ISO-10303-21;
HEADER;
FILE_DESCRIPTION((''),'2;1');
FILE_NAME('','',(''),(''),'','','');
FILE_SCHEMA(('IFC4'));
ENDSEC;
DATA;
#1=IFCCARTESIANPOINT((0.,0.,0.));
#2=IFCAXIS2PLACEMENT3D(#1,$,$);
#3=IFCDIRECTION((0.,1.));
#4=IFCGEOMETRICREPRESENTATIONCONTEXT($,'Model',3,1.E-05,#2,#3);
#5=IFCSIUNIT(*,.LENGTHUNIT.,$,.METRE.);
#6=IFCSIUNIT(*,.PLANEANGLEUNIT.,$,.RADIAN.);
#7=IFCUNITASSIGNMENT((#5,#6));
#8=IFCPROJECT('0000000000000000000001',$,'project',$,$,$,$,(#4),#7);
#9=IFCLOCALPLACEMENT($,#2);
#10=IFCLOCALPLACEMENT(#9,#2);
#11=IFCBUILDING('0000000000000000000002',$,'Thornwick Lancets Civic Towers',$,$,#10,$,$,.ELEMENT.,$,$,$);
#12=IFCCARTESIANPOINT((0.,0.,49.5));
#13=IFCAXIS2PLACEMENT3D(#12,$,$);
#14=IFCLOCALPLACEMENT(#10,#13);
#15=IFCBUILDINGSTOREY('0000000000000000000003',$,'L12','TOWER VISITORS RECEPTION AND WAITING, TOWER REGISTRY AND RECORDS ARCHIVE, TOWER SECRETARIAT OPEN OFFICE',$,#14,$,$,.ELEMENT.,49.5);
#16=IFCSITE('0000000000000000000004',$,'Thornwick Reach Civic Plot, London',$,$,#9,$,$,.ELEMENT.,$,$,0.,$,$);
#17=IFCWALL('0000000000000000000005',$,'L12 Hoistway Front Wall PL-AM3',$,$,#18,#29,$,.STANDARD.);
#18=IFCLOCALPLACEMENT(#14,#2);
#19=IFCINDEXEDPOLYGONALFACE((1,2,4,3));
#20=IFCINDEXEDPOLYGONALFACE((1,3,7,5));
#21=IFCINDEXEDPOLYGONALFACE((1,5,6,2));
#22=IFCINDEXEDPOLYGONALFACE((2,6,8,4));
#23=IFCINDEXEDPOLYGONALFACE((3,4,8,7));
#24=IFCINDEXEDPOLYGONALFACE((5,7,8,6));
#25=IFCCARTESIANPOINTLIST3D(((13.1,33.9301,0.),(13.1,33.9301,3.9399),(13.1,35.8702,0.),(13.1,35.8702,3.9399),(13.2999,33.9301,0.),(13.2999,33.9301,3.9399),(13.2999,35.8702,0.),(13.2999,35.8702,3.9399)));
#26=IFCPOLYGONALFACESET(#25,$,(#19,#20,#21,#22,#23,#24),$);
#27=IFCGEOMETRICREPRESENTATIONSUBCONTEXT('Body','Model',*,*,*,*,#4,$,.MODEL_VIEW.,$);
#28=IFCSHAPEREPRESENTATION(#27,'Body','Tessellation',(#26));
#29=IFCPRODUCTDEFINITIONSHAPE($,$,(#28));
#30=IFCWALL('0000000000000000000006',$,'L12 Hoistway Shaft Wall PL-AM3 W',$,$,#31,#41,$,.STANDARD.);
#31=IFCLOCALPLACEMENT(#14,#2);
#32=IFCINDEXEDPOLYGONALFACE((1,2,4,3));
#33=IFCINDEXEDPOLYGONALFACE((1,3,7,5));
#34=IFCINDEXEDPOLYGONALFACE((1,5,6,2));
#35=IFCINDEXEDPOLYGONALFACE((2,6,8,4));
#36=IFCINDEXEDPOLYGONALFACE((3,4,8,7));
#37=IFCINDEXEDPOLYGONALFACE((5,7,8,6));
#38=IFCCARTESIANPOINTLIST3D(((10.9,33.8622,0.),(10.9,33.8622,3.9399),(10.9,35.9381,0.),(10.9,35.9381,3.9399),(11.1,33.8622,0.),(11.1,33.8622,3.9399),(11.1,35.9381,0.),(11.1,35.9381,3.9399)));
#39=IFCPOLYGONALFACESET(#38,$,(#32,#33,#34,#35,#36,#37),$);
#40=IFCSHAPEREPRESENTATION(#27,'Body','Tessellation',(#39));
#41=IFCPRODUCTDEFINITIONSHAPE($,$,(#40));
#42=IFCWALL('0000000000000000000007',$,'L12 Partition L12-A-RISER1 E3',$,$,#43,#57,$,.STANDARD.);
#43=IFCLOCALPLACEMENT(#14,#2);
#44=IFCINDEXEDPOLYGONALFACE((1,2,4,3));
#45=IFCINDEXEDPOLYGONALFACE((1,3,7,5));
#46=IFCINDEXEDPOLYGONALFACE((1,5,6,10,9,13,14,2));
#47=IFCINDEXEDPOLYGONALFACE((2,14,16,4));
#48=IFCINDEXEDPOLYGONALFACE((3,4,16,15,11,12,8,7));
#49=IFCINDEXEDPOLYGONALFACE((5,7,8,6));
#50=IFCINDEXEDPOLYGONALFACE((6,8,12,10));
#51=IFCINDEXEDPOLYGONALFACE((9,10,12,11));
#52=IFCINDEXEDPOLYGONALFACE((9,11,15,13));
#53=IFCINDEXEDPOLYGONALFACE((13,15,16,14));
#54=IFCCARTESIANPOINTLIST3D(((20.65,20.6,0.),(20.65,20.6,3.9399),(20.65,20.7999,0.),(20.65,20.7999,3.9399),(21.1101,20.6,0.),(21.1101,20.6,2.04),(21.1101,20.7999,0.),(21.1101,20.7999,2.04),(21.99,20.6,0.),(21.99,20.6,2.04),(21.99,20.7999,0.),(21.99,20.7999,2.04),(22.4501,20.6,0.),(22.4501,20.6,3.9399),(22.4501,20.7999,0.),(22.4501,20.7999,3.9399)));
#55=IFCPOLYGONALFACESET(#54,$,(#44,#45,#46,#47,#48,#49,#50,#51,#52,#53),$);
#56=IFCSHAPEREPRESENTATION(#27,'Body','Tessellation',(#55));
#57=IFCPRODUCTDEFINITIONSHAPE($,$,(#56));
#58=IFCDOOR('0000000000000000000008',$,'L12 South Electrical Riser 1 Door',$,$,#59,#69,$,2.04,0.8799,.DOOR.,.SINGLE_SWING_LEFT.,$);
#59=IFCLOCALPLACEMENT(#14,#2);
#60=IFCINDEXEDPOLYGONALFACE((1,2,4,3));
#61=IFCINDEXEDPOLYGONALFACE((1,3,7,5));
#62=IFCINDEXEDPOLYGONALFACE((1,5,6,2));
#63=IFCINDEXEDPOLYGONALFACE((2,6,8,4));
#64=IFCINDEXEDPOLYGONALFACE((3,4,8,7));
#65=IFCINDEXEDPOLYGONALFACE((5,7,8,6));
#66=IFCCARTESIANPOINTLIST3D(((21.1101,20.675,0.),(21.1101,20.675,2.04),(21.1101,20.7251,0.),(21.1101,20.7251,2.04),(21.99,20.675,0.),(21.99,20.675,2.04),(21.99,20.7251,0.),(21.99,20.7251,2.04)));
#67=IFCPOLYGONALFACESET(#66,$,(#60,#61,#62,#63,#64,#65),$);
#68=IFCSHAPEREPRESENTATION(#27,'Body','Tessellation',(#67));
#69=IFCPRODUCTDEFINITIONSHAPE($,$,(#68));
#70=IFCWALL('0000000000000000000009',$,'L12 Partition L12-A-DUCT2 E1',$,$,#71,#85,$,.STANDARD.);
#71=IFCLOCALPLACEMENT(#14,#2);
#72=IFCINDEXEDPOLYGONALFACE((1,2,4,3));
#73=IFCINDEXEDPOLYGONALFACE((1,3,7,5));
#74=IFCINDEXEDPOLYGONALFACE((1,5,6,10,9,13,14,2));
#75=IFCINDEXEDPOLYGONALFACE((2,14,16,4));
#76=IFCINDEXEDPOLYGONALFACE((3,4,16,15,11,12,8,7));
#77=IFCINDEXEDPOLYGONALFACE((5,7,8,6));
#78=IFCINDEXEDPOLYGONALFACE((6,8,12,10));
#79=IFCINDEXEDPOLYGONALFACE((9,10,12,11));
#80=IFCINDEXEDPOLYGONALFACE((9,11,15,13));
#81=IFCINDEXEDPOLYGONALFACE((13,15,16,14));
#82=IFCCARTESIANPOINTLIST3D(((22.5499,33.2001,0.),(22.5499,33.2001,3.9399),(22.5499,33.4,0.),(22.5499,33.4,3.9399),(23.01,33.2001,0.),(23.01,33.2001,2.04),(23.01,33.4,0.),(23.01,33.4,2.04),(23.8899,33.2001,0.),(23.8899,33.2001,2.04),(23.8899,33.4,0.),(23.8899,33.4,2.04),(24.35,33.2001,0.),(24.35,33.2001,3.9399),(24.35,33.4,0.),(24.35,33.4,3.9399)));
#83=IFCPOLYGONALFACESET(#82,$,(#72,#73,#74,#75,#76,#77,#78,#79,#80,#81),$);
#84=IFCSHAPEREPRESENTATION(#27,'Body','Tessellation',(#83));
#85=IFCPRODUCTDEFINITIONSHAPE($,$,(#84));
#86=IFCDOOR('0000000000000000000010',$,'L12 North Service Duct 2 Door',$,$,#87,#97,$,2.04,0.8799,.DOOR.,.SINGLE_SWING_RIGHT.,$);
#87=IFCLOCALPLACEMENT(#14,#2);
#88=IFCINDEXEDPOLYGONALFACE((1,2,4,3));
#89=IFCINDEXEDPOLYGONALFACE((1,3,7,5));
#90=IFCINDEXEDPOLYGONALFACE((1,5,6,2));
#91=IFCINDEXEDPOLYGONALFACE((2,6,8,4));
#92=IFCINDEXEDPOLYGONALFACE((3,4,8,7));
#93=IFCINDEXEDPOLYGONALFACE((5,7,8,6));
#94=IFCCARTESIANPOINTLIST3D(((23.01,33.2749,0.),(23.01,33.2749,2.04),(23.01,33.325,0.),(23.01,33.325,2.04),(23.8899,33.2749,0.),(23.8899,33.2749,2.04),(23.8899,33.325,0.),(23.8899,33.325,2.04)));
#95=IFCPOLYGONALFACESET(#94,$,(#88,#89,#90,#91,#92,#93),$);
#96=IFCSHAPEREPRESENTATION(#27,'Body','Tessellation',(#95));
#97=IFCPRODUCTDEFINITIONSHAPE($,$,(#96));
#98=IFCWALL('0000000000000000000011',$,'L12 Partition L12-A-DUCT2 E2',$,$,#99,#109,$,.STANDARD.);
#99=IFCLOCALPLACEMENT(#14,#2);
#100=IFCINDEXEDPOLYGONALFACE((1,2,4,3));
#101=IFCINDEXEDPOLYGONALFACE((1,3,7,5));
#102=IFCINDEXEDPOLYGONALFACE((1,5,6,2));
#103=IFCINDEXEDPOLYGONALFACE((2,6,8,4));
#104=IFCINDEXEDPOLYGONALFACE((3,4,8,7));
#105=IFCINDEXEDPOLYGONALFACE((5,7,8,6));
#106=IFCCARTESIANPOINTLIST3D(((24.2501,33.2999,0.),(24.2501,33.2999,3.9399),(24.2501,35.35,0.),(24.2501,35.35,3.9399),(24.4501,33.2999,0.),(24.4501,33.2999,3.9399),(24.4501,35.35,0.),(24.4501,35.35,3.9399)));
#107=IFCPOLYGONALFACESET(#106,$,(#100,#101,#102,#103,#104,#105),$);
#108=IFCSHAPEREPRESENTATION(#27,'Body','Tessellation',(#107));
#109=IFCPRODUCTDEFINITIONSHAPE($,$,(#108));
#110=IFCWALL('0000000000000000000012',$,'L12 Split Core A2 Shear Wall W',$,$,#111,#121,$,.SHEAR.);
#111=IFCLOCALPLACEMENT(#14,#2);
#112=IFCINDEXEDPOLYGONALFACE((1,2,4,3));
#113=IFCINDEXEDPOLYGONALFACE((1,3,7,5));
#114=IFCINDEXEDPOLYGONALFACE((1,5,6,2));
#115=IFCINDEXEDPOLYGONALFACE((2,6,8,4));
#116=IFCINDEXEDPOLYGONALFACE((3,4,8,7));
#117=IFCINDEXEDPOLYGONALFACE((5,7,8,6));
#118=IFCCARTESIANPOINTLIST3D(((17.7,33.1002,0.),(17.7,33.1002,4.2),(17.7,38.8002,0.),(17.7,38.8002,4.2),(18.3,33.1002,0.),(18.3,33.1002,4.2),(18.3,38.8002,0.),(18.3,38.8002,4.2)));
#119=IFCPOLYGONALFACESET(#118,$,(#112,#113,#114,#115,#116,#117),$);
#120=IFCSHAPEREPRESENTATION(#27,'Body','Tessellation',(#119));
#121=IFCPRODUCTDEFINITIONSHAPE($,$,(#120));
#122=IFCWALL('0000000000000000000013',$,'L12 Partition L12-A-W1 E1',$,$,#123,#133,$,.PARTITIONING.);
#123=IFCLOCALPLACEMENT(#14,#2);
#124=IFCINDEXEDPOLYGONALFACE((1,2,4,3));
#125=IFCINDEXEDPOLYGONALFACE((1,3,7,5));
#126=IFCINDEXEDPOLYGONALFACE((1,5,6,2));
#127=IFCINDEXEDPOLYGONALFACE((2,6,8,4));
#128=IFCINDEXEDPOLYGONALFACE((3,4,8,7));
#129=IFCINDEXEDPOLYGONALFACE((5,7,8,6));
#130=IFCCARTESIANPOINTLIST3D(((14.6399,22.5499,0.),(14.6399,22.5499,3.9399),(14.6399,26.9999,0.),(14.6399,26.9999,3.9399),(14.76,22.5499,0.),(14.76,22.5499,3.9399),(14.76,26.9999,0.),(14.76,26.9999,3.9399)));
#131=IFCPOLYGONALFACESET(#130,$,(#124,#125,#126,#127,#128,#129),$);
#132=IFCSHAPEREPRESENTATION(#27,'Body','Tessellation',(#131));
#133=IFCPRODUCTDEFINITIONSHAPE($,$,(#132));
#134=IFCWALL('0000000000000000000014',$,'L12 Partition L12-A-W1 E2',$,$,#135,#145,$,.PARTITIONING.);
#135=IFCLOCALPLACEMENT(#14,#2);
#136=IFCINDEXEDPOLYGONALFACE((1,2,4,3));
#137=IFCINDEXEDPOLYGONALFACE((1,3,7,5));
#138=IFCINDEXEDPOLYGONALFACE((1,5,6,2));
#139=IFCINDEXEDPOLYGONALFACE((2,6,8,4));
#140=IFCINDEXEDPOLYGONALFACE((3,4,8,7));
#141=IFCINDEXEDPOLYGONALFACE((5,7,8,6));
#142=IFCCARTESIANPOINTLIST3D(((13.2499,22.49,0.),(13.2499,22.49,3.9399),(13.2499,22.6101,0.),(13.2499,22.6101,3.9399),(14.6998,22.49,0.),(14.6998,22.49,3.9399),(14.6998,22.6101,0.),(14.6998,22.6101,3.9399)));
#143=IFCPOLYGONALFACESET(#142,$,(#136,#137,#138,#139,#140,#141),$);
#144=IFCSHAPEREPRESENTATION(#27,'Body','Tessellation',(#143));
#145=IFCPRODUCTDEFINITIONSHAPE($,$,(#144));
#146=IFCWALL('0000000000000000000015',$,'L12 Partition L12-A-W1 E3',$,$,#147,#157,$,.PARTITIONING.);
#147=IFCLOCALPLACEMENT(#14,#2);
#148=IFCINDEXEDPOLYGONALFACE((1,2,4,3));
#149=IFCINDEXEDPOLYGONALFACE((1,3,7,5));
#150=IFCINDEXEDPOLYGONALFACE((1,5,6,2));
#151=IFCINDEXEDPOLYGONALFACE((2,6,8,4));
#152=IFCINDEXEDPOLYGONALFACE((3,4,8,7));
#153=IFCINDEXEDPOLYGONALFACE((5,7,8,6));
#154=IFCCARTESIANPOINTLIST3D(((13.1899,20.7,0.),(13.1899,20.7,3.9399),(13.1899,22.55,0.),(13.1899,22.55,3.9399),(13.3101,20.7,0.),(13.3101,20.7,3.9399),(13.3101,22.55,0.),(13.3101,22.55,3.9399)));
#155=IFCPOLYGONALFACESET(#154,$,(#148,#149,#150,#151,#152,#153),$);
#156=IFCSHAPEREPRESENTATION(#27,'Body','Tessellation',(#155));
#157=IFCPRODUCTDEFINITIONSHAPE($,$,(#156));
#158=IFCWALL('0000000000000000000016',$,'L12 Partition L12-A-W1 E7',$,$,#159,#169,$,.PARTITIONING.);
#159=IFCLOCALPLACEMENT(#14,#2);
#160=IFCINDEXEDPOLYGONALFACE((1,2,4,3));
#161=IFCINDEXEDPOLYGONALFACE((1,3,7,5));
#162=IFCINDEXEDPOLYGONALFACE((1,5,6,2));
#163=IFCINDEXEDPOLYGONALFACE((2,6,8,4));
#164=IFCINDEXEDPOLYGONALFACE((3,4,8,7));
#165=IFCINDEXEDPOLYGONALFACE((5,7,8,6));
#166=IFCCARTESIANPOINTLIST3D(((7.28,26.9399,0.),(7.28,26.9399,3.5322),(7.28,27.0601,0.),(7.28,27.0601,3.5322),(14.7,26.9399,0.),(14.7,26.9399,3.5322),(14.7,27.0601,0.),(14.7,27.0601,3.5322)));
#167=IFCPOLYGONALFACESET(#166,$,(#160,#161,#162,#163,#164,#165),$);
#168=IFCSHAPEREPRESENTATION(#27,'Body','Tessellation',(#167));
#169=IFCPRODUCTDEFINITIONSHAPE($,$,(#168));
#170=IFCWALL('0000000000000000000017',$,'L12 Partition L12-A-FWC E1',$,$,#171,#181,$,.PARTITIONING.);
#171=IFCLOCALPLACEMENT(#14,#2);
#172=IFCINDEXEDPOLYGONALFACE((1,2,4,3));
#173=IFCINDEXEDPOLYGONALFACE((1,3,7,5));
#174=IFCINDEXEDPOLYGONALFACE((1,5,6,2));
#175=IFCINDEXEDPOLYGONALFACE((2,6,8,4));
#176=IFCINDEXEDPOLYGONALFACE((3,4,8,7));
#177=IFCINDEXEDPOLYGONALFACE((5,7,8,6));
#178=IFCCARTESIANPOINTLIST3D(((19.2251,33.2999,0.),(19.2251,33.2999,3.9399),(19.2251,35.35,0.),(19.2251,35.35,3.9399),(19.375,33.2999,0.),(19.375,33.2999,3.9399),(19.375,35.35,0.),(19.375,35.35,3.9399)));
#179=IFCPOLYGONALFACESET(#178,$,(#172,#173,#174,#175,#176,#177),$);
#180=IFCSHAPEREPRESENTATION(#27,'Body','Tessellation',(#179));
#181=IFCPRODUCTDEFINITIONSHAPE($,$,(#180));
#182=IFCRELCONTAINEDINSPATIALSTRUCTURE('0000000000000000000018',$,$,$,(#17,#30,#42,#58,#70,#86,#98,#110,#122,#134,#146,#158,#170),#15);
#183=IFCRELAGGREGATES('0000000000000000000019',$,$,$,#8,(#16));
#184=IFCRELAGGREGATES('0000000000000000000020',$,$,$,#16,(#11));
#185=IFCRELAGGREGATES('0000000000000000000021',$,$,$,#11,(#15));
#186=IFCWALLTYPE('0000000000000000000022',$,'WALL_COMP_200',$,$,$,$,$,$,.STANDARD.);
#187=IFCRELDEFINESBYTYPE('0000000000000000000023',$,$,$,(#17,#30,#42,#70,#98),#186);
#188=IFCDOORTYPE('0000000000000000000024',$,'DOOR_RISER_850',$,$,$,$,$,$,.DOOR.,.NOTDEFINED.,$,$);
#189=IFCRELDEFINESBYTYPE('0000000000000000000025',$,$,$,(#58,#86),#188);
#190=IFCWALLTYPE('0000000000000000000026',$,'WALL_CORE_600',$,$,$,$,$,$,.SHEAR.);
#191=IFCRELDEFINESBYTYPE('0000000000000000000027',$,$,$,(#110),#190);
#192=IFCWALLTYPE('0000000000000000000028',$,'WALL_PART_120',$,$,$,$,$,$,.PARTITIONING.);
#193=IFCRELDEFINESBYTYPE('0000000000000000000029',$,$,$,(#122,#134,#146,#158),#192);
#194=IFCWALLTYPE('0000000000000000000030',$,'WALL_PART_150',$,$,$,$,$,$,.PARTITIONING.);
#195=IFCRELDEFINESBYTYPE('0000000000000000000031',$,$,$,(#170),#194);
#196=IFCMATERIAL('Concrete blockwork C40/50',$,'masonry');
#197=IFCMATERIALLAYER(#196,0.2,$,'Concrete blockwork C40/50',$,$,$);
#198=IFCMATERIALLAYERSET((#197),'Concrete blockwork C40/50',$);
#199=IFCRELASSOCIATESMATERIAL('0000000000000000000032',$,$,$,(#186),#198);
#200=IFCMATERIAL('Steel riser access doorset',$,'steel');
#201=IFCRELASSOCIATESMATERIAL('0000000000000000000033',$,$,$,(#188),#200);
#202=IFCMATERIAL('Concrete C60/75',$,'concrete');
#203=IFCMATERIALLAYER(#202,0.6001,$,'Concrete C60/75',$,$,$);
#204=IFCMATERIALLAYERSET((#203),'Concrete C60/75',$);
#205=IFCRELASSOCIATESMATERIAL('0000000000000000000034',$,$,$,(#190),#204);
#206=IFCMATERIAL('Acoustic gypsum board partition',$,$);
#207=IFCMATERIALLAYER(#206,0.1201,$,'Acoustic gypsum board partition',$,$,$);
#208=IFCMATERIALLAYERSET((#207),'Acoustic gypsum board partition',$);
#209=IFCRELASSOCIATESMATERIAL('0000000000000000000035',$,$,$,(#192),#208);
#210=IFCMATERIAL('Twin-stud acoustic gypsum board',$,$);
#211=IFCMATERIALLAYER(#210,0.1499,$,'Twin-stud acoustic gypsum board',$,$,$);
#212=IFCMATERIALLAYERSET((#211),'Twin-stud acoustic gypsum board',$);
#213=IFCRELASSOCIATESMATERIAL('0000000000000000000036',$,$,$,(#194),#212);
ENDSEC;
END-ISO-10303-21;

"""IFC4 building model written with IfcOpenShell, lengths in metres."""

from ifc_helpers import new_model, si_unit, direction, frame, frame_2d, origin, place, context, subcontext, project, spatial, rectangle, extrude, material, layer, layer_set, type_object, element, fill, save


model = new_model("IFC4")

# Units and contexts
model_context = context("Model", 3, precision=1e-05, world=origin(), true_north=direction((0.0, 1.0)))
body_context = subcontext(model_context, "Body", "Model", "MODEL_VIEW")
ifc_project = project(units=[si_unit("LENGTHUNIT", "METRE"), si_unit("PLANEANGLEUNIT", "RADIAN")], contexts=[model_context])

# Site, building, storey
site_placement = place(None, origin())
site = spatial("IfcSite", under=ifc_project, at=site_placement, Name="Thornwick Reach Civic Plot, London", CompositionType="ELEMENT", RefElevation=0.0)
building_placement = place(site_placement, origin())
building = spatial("IfcBuilding", under=site, at=building_placement, Name="Thornwick Lancets Civic Towers", CompositionType="ELEMENT")
storey_placement = place(building_placement, frame((0.0, 0.0, 49.5)))
storey = spatial("IfcBuildingStorey", under=building, at=storey_placement, Name="L12", Description="TOWER VISITORS RECEPTION AND WAITING, TOWER REGISTRY AND RECORDS ARCHIVE, TOWER SECRETARIAT OPEN OFFICE", CompositionType="ELEMENT", Elevation=49.5)

# Shared definitions
ifc_material_1 = material(Name="Concrete C60/75", Category="concrete")

# Walls
ifc_material_2 = material(Name="Concrete blockwork C40/50", Category="masonry")
ifc_layer_1 = layer(ifc_material_2, 0.2, Name="Concrete blockwork C40/50")
ifc_layer_set_1 = layer_set([ifc_layer_1], Name="Concrete blockwork C40/50")
wall_type_1 = type_object("IfcWallType", Name="WALL_COMP_200", PredefinedType="STANDARD", material=ifc_layer_set_1)
wall_1_placement = place(storey_placement, frame((13.2, 33.9299, 0.0), z_axis=(0.0, 0.0, 1.0), x_axis=(0.0, 1.0, 0.0)))
element("IfcWall", 1, at=wall_1_placement, inside=storey, type_object=wall_type_1, Name="L12 Hoistway Front Wall PL-AM3", PredefinedType="STANDARD", context=body_context, shape_type="SweptSolid", body=[
    extrude(rectangle(XDim=1.9402, YDim=0.2, at=frame_2d((0.9702, 0.0))), origin(), (0.0, 0.0, 1.0), 3.9399),
])
wall_2_placement = place(storey_placement, frame((11.0, 33.8621, 0.0), z_axis=(0.0, 0.0, 1.0), x_axis=(0.0, 1.0, 0.0)))
element("IfcWall", 2, at=wall_2_placement, inside=storey, type_object=wall_type_1, Name="L12 Hoistway Shaft Wall PL-AM3 W", PredefinedType="STANDARD", context=body_context, shape_type="SweptSolid", body=[
    extrude(rectangle(XDim=2.0759, YDim=0.2, at=frame_2d((1.0381, 0.0))), origin(), (0.0, 0.0, 1.0), 3.9399),
])

# Walls, openings, doors
wall_3_placement = place(storey_placement, frame((22.45, 20.7, 0.0), z_axis=(0.0, 0.0, 1.0), x_axis=(-1.0, 0.0, 0.0)))
wall_3 = element("IfcWall", 3, at=wall_3_placement, inside=storey, type_object=wall_type_1, Name="L12 Partition L12-A-RISER1 E3", PredefinedType="STANDARD", context=body_context, shape_type="SweptSolid", body=[
    extrude(rectangle(XDim=1.8, YDim=0.2, at=frame_2d((0.8999, 0.0))), origin(), (0.0, 0.0, 1.0), 3.9399),
])
opening_1_placement = place(wall_3_placement, frame((0.46, 0.0, 0.0)))
opening_1 = element("IfcOpeningElement", 4, at=opening_1_placement, cuts=wall_3, PredefinedType="OPENING", context=body_context, shape_type="SweptSolid", body=[
    extrude(rectangle(XDim=0.8799, YDim=2.04, at=frame_2d((0.4399, 1.02))), frame((0.0, 0.1099, 0.0), z_axis=(0.0, -1.0, 0.0), x_axis=(1.0, 0.0, 0.0)), (0.0, 0.0, 1.0), 0.22),
])
ifc_material_3 = material(Name="Steel riser access doorset", Category="steel")
door_type_1 = type_object("IfcDoorType", Name="DOOR_RISER_850", OperationType="NOTDEFINED", PredefinedType="DOOR", material=ifc_material_3)
door_1_placement = place(opening_1_placement, origin())
door_1 = element("IfcDoor", 5, at=door_1_placement, inside=storey, type_object=door_type_1, Name="L12 South Electrical Riser 1 Door", OperationType="SINGLE_SWING_LEFT", OverallHeight=2.04, OverallWidth=0.8799, PredefinedType="DOOR", context=body_context, shape_type="SweptSolid", body=[
    extrude(rectangle(XDim=0.8799, YDim=2.04, at=frame_2d((0.4399, 1.02))), frame((0.0, 0.0249, 0.0), z_axis=(0.0, -1.0, 0.0), x_axis=(1.0, 0.0, 0.0)), (0.0, 0.0, 1.0), 0.05),
])
fill(opening_1, door_1)
wall_4_placement = place(storey_placement, frame((22.55, 33.3, 0.0), z_axis=(0.0, 0.0, 1.0), x_axis=(1.0, 0.0, 0.0)))
wall_4 = element("IfcWall", 6, at=wall_4_placement, inside=storey, type_object=wall_type_1, Name="L12 Partition L12-A-DUCT2 E1", PredefinedType="STANDARD", context=body_context, shape_type="SweptSolid", body=[
    extrude(rectangle(XDim=1.8, YDim=0.2, at=frame_2d((0.8999, 0.0))), origin(), (0.0, 0.0, 1.0), 3.9399),
])
opening_2_placement = place(wall_4_placement, frame((0.46, 0.0, 0.0)))
opening_2 = element("IfcOpeningElement", 7, at=opening_2_placement, cuts=wall_4, PredefinedType="OPENING", context=body_context, shape_type="SweptSolid", body=[
    extrude(rectangle(XDim=0.8799, YDim=2.04, at=frame_2d((0.4399, 1.02))), frame((0.0, 0.1099, 0.0), z_axis=(0.0, -1.0, 0.0), x_axis=(1.0, 0.0, 0.0)), (0.0, 0.0, 1.0), 0.22),
])
door_2_placement = place(opening_2_placement, origin())
door_2 = element("IfcDoor", 8, at=door_2_placement, inside=storey, type_object=door_type_1, Name="L12 North Service Duct 2 Door", OperationType="SINGLE_SWING_RIGHT", OverallHeight=2.04, OverallWidth=0.8799, PredefinedType="DOOR", context=body_context, shape_type="SweptSolid", body=[
    extrude(rectangle(XDim=0.8799, YDim=2.04, at=frame_2d((0.4399, 1.02))), frame((0.0, 0.0249, 0.0), z_axis=(0.0, -1.0, 0.0), x_axis=(1.0, 0.0, 0.0)), (0.0, 0.0, 1.0), 0.05),
])
fill(opening_2, door_2)

# Walls
wall_5_placement = place(storey_placement, frame((24.3501, 33.3, 0.0), z_axis=(0.0, 0.0, 1.0), x_axis=(0.0, 1.0, 0.0)))
element("IfcWall", 9, at=wall_5_placement, inside=storey, type_object=wall_type_1, Name="L12 Partition L12-A-DUCT2 E2", PredefinedType="STANDARD", context=body_context, shape_type="SweptSolid", body=[
    extrude(rectangle(XDim=2.05, YDim=0.2, at=frame_2d((1.0249, 0.0))), origin(), (0.0, 0.0, 1.0), 3.9399),
])
ifc_layer_2 = layer(ifc_material_1, 0.6001, Name="Concrete C60/75")
ifc_layer_set_2 = layer_set([ifc_layer_2], Name="Concrete C60/75")
wall_type_2 = type_object("IfcWallType", Name="WALL_CORE_600", PredefinedType="SHEAR", material=ifc_layer_set_2)
wall_6_placement = place(storey_placement, frame((18.0, 33.1001, 0.0), z_axis=(0.0, 0.0, 1.0), x_axis=(0.0, 1.0, 0.0)))
element("IfcWall", 10, at=wall_6_placement, inside=storey, type_object=wall_type_2, Name="L12 Split Core A2 Shear Wall W", PredefinedType="SHEAR", context=body_context, shape_type="SweptSolid", body=[
    extrude(rectangle(XDim=5.7, YDim=0.6001, at=frame_2d((2.8501, 0.0))), origin(), (0.0, 0.0, 1.0), 4.2),
])
ifc_material_4 = material(Name="Acoustic gypsum board partition")
ifc_layer_3 = layer(ifc_material_4, 0.1201, Name="Acoustic gypsum board partition")
ifc_layer_set_3 = layer_set([ifc_layer_3], Name="Acoustic gypsum board partition")
wall_type_3 = type_object("IfcWallType", Name="WALL_PART_120", PredefinedType="PARTITIONING", material=ifc_layer_set_3)
wall_7_placement = place(storey_placement, frame((14.7, 27.0, 0.0), z_axis=(0.0, 0.0, 1.0), x_axis=(0.0, -1.0, 0.0)))
element("IfcWall", 11, at=wall_7_placement, inside=storey, type_object=wall_type_3, Name="L12 Partition L12-A-W1 E1", PredefinedType="PARTITIONING", context=body_context, shape_type="SweptSolid", body=[
    extrude(rectangle(XDim=4.45, YDim=0.1201, at=frame_2d((2.2251, 0.0))), origin(), (0.0, 0.0, 1.0), 3.9399),
])
wall_8_placement = place(storey_placement, frame((14.7, 22.55, 0.0), z_axis=(0.0, 0.0, 1.0), x_axis=(-1.0, 0.0, 0.0)))
element("IfcWall", 12, at=wall_8_placement, inside=storey, type_object=wall_type_3, Name="L12 Partition L12-A-W1 E2", PredefinedType="PARTITIONING", context=body_context, shape_type="SweptSolid", body=[
    extrude(rectangle(XDim=1.45, YDim=0.1201, at=frame_2d((0.7251, 0.0))), origin(), (0.0, 0.0, 1.0), 3.9399),
])
wall_9_placement = place(storey_placement, frame((13.25, 22.55, 0.0), z_axis=(0.0, 0.0, 1.0), x_axis=(0.0, -1.0, 0.0)))
element("IfcWall", 13, at=wall_9_placement, inside=storey, type_object=wall_type_3, Name="L12 Partition L12-A-W1 E3", PredefinedType="PARTITIONING", context=body_context, shape_type="SweptSolid", body=[
    extrude(rectangle(XDim=1.8501, YDim=0.1201, at=frame_2d((0.925, 0.0))), origin(), (0.0, 0.0, 1.0), 3.9399),
])
wall_10_placement = place(storey_placement, frame((7.28, 27.0, 0.0), z_axis=(0.0, 0.0, 1.0), x_axis=(1.0, 0.0, 0.0)))
element("IfcWall", 14, at=wall_10_placement, inside=storey, type_object=wall_type_3, Name="L12 Partition L12-A-W1 E7", PredefinedType="PARTITIONING", context=body_context, shape_type="SweptSolid", body=[
    extrude(rectangle(XDim=7.4199, YDim=0.1201, at=frame_2d((3.71, 0.0))), origin(), (0.0, 0.0, 1.0), 3.5322),
])
ifc_material_5 = material(Name="Twin-stud acoustic gypsum board")
ifc_layer_4 = layer(ifc_material_5, 0.1499, Name="Twin-stud acoustic gypsum board")
ifc_layer_set_4 = layer_set([ifc_layer_4], Name="Twin-stud acoustic gypsum board")
wall_type_4 = type_object("IfcWallType", Name="WALL_PART_150", PredefinedType="PARTITIONING", material=ifc_layer_set_4)
wall_11_placement = place(storey_placement, frame((19.3, 33.3, 0.0), z_axis=(0.0, 0.0, 1.0), x_axis=(0.0, 1.0, 0.0)))
element("IfcWall", 15, at=wall_11_placement, inside=storey, type_object=wall_type_4, Name="L12 Partition L12-A-FWC E1", PredefinedType="PARTITIONING", context=body_context, shape_type="SweptSolid", body=[
    extrude(rectangle(XDim=2.05, YDim=0.1499, at=frame_2d((1.0249, 0.0))), origin(), (0.0, 0.0, 1.0), 3.9399),
])

save(model, "model.ifc")
